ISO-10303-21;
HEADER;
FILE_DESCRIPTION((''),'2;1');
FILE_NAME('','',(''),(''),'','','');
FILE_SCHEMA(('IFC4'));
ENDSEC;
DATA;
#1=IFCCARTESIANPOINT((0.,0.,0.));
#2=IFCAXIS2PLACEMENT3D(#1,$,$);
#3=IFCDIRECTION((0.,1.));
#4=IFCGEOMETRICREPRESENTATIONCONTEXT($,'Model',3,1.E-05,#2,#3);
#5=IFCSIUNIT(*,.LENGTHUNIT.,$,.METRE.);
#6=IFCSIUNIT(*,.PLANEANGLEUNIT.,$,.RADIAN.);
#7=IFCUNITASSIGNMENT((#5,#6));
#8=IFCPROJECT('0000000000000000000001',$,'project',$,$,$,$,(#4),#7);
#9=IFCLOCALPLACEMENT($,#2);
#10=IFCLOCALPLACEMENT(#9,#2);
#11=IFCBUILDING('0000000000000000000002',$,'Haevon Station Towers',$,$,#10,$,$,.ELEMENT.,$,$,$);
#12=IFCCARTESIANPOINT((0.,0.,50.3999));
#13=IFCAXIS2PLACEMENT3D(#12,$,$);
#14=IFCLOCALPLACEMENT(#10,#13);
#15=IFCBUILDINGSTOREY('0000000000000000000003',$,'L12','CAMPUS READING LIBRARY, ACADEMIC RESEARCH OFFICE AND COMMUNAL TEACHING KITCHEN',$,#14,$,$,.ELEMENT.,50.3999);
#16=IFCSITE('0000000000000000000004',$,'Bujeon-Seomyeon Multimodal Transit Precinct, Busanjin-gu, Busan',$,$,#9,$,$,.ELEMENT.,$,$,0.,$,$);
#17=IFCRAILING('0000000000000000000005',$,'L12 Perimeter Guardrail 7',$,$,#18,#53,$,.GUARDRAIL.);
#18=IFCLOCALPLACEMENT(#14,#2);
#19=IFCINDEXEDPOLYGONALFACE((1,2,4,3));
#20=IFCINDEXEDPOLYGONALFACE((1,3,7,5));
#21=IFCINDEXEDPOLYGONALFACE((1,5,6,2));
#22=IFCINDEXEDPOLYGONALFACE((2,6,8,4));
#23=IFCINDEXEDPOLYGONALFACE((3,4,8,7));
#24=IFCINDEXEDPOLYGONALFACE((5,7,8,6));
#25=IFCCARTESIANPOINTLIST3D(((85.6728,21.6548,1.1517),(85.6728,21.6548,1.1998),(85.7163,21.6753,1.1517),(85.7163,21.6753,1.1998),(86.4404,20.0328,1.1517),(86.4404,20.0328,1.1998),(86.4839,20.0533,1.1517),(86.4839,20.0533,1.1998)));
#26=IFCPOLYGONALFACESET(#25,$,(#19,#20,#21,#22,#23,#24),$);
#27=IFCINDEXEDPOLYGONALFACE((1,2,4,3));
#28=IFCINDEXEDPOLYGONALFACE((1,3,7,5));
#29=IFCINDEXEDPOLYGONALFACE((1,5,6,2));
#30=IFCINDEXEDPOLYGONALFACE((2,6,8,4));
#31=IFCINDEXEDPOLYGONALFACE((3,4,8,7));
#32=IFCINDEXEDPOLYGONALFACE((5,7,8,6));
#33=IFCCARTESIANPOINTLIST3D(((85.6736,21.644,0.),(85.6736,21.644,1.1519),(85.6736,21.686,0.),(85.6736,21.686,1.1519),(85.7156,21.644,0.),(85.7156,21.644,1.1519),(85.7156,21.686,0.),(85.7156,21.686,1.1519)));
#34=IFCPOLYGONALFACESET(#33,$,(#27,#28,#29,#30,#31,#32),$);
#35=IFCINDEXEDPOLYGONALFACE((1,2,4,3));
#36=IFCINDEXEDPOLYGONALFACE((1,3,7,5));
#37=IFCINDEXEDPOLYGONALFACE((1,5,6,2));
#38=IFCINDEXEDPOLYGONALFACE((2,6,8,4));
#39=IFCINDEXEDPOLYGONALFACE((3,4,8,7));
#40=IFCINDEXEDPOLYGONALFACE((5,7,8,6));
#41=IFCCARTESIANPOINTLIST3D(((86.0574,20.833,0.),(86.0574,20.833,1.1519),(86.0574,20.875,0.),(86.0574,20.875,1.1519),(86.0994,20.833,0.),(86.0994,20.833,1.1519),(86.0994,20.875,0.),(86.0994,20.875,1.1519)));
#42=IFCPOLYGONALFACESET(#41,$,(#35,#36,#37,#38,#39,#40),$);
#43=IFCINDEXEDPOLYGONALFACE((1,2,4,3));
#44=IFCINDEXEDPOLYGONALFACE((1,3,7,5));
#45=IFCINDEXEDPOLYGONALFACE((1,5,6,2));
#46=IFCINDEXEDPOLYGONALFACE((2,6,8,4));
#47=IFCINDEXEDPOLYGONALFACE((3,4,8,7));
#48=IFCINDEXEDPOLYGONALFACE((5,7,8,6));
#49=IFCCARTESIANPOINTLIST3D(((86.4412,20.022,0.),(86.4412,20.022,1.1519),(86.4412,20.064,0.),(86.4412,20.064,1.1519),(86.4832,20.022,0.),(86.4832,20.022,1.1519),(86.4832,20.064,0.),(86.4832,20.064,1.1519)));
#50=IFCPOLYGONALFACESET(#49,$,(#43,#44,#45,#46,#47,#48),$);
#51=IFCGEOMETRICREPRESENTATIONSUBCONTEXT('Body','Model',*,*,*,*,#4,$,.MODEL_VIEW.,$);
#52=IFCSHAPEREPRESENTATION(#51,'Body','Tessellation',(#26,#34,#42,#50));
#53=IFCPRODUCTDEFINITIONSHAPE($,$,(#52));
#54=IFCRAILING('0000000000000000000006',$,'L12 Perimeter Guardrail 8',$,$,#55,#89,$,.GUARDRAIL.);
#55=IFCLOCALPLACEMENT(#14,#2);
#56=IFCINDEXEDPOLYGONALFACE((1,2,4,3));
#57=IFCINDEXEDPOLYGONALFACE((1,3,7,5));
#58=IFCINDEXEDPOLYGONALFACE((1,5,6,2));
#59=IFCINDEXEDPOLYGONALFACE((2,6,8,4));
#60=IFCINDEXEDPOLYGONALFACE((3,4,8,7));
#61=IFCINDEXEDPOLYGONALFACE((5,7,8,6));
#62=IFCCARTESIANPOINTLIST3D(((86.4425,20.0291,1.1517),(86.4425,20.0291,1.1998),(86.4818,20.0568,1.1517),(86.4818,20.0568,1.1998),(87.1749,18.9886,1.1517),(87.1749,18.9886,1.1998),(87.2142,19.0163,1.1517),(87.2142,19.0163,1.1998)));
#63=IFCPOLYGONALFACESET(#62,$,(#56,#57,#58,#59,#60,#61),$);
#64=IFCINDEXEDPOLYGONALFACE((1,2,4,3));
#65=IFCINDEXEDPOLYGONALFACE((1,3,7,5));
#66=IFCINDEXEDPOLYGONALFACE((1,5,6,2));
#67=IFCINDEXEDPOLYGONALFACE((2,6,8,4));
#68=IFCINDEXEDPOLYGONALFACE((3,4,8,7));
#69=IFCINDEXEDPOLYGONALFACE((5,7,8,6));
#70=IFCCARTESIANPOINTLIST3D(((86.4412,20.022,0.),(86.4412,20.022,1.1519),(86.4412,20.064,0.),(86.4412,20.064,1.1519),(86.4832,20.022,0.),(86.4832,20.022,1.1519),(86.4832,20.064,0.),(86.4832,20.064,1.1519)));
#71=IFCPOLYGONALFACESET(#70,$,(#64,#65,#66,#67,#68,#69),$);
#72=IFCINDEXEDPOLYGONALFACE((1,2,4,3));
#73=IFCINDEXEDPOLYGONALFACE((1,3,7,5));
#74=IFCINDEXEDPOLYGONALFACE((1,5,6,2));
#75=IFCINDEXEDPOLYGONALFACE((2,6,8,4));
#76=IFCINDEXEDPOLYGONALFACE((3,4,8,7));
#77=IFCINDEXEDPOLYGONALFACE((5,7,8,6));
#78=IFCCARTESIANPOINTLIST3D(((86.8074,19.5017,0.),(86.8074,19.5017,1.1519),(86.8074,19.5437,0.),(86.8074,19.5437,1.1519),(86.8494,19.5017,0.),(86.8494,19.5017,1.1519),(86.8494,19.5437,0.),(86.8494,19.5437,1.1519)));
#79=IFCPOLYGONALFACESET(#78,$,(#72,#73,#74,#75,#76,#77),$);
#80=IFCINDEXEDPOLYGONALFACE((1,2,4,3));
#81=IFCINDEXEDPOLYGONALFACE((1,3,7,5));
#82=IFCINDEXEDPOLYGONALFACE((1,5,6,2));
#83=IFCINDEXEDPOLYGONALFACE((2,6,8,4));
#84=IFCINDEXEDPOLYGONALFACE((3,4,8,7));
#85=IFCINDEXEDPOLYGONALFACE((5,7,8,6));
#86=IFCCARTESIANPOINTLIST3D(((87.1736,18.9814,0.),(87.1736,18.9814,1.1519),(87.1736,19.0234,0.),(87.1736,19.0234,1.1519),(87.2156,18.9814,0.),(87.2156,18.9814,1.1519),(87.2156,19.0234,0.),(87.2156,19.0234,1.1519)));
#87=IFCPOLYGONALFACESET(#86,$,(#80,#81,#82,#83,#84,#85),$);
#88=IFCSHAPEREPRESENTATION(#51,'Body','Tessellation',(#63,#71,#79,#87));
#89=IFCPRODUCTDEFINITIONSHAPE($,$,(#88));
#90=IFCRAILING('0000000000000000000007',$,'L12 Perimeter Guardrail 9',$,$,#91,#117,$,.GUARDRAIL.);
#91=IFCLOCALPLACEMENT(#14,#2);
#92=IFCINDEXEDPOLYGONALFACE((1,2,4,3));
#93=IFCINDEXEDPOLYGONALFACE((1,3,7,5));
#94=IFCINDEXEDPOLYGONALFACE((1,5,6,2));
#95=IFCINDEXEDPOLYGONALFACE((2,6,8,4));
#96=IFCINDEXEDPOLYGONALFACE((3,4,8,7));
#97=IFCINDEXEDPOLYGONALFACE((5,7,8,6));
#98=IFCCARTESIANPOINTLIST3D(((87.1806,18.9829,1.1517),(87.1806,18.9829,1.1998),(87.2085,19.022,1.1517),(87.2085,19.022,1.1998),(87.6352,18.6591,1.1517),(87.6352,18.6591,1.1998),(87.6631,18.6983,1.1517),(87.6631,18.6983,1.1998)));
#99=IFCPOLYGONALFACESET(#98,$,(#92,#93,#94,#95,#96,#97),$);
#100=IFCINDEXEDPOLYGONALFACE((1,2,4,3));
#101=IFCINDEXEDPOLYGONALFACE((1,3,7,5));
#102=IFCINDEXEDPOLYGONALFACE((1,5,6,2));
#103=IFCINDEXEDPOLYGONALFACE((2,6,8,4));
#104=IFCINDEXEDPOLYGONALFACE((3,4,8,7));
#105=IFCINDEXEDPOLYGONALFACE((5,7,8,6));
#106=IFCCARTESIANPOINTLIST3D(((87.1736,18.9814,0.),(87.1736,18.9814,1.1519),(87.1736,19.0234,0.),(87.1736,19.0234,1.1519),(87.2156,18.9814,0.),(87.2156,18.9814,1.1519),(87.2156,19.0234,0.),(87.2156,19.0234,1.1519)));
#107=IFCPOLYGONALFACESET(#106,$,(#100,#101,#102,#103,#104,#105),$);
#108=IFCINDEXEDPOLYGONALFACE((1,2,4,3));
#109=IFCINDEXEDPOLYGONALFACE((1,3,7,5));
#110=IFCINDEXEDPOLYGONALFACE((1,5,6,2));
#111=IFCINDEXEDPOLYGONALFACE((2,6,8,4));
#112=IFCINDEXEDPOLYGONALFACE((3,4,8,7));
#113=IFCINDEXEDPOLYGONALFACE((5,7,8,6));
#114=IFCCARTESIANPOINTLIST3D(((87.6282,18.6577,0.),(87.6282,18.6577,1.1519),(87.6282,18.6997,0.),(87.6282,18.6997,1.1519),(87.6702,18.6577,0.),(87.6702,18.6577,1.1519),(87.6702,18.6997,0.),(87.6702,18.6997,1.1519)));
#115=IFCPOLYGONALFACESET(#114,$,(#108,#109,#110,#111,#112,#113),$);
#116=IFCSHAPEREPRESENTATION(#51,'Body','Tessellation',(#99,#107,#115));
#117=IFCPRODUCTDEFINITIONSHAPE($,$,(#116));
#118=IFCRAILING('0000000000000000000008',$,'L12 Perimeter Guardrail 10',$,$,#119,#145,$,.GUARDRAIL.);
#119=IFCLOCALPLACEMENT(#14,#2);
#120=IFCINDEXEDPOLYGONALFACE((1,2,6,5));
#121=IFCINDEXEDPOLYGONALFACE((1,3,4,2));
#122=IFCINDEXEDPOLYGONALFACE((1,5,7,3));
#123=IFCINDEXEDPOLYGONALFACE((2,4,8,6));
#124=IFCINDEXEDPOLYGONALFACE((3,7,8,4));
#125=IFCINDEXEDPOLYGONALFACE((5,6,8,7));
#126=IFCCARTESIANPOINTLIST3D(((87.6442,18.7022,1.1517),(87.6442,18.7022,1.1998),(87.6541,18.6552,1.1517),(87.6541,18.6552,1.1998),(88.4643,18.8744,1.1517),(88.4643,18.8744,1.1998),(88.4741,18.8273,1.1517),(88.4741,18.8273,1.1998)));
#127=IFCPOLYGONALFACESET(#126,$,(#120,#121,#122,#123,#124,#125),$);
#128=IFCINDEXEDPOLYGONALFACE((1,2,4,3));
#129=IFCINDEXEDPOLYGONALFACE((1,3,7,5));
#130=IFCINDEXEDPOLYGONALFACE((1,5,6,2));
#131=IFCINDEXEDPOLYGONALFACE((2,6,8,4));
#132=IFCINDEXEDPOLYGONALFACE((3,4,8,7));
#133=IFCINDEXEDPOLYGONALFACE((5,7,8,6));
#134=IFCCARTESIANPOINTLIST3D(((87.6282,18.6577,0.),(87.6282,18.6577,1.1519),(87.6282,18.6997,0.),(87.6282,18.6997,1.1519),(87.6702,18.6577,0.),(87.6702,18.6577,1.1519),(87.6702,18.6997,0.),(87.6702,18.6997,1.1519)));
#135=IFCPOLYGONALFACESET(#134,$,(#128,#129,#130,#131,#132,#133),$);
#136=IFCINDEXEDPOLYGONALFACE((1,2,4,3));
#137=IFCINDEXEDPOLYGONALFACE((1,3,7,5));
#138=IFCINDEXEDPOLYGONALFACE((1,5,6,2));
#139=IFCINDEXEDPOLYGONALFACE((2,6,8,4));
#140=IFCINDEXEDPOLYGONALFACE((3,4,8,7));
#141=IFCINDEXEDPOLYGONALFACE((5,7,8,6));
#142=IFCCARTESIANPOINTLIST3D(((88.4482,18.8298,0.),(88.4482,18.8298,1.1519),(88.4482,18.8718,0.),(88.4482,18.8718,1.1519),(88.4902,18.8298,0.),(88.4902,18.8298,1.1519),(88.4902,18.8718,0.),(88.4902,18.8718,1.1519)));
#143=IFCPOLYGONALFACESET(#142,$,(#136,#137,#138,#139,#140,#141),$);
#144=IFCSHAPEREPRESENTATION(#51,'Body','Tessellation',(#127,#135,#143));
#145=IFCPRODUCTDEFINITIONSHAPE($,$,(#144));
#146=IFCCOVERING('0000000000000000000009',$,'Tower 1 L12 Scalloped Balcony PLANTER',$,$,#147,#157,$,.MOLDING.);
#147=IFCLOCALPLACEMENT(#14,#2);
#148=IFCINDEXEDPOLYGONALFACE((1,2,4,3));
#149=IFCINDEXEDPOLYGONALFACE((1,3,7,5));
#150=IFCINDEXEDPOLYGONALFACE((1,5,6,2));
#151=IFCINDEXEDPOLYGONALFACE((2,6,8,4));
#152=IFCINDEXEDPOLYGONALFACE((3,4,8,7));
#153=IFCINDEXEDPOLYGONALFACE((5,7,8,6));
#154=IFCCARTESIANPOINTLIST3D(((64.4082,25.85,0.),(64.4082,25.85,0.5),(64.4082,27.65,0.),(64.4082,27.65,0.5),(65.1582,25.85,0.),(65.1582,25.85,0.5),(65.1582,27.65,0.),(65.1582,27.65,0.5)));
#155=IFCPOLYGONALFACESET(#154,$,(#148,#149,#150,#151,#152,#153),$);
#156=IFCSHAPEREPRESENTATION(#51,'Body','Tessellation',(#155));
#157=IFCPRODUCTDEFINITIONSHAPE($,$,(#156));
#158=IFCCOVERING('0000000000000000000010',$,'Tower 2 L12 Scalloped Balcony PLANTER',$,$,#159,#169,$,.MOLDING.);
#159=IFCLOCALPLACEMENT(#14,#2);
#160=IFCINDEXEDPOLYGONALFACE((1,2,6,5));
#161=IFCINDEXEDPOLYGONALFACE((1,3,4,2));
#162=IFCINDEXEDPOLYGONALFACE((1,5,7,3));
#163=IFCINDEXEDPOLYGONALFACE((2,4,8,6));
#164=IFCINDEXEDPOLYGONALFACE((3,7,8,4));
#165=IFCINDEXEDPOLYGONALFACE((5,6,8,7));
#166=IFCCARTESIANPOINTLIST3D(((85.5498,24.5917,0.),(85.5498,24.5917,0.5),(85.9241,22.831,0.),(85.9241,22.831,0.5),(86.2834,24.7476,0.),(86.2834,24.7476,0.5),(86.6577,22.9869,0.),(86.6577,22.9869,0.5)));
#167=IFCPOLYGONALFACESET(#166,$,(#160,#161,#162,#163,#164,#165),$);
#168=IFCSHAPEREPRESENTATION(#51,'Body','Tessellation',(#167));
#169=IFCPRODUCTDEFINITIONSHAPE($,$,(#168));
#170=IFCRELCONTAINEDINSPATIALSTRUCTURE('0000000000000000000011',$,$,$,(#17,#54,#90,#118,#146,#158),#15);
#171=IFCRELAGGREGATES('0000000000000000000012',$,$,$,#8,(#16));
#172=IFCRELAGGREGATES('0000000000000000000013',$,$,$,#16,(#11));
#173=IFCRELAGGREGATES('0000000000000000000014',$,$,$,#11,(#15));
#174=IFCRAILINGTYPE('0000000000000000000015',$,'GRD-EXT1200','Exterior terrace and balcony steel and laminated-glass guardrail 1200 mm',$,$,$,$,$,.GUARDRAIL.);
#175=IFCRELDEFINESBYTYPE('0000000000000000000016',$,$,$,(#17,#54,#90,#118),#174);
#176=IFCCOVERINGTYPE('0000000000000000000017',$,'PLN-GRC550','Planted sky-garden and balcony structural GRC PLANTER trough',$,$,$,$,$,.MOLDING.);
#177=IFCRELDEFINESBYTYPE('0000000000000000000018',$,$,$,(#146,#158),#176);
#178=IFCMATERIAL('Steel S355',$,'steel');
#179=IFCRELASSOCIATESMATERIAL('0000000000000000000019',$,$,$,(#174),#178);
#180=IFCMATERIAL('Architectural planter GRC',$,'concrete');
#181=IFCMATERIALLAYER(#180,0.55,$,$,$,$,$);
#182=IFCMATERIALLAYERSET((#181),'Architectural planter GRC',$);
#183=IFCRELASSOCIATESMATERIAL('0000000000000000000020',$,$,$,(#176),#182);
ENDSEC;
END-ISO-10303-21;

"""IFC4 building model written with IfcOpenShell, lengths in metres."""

from ifc_helpers import new_model, si_unit, direction, frame, origin, origin_2d, place, context, subcontext, project, spatial, rectangle, extrude, material, layer, layer_set, type_object, element, save


model = new_model("IFC4")

# Units and contexts
model_context = context("Model", 3, precision=1e-05, world=origin(), true_north=direction((0.0, 1.0)))
body_context = subcontext(model_context, "Body", "Model", "MODEL_VIEW")
ifc_project = project(units=[si_unit("LENGTHUNIT", "METRE"), si_unit("PLANEANGLEUNIT", "RADIAN")], contexts=[model_context])

# Site, building, storey
site_placement = place(None, origin())
site = spatial("IfcSite", under=ifc_project, at=site_placement, Name="Bujeon-Seomyeon Multimodal Transit Precinct, Busanjin-gu, Busan", CompositionType="ELEMENT", RefElevation=0.0)
building_placement = place(site_placement, origin())
building = spatial("IfcBuilding", under=site, at=building_placement, Name="Haevon Station Towers", CompositionType="ELEMENT")
storey_placement = place(building_placement, frame((0.0, 0.0, 50.3999)))
storey = spatial("IfcBuildingStorey", under=building, at=storey_placement, Name="L12", Description="CAMPUS READING LIBRARY, ACADEMIC RESEARCH OFFICE AND COMMUNAL TEACHING KITCHEN", CompositionType="ELEMENT", Elevation=50.3999)

# Railings
ifc_material_1 = material(Name="Steel S355", Category="steel")
railing_type = type_object("IfcRailingType", Name="GRD-EXT1200", Description="Exterior terrace and balcony steel and laminated-glass guardrail 1200 mm", PredefinedType="GUARDRAIL", material=ifc_material_1)
railing_1_placement = place(storey_placement, frame((85.6946, 21.665, 0.0)))
element("IfcRailing", 1, at=railing_1_placement, inside=storey, type_object=railing_type, Name="L12 Perimeter Guardrail 7", PredefinedType="GUARDRAIL", context=body_context, shape_type="SweptSolid", body=[
    extrude(rectangle(XDim=0.0481, YDim=0.0481, at=origin_2d()), frame((0.0, 0.0, 1.1758), z_axis=(0.427735, -0.903904, 0.0), x_axis=(0.903904, 0.427735, 0.0)), (0.0, 0.0, 1.0), 1.7944),
    extrude(rectangle(XDim=0.042, YDim=0.042, at=origin_2d()), origin(), (0.0, 0.0, 1.0), 1.1519),
    extrude(rectangle(XDim=0.042, YDim=0.042, at=origin_2d()), frame((0.3838, -0.811, 0.0)), (0.0, 0.0, 1.0), 1.1519),
    extrude(rectangle(XDim=0.042, YDim=0.042, at=origin_2d()), frame((0.7676, -1.6221, 0.0)), (0.0, 0.0, 1.0), 1.1519),
])
railing_2_placement = place(storey_placement, frame((86.4622, 20.043, 0.0)))
element("IfcRailing", 2, at=railing_2_placement, inside=storey, type_object=railing_type, Name="L12 Perimeter Guardrail 8", PredefinedType="GUARDRAIL", context=body_context, shape_type="SweptSolid", body=[
    extrude(rectangle(XDim=0.0481, YDim=0.0481, at=origin_2d()), frame((0.0, 0.0, 1.1758), z_axis=(0.575598, -0.817733, 0.0), x_axis=(0.817733, 0.575598, 0.0)), (0.0, 0.0, 1.0), 1.2725),
    extrude(rectangle(XDim=0.042, YDim=0.042, at=origin_2d()), origin(), (0.0, 0.0, 1.0), 1.1519),
    extrude(rectangle(XDim=0.042, YDim=0.042, at=origin_2d()), frame((0.3662, -0.5203, 0.0)), (0.0, 0.0, 1.0), 1.1519),
    extrude(rectangle(XDim=0.042, YDim=0.042, at=origin_2d()), frame((0.7324, -1.0405, 0.0)), (0.0, 0.0, 1.0), 1.1519),
])
railing_3_placement = place(storey_placement, frame((87.1946, 19.0024, 0.0)))
element("IfcRailing", 3, at=railing_3_placement, inside=storey, type_object=railing_type, Name="L12 Perimeter Guardrail 9", PredefinedType="GUARDRAIL", context=body_context, shape_type="SweptSolid", body=[
    extrude(rectangle(XDim=0.0481, YDim=0.0481, at=origin_2d()), frame((0.0, 0.0, 1.1758), z_axis=(0.81456, -0.580079, 0.0), x_axis=(0.580079, 0.81456, 0.0)), (0.0, 0.0, 1.0), 0.5581),
    extrude(rectangle(XDim=0.042, YDim=0.042, at=origin_2d()), origin(), (0.0, 0.0, 1.0), 1.1519),
    extrude(rectangle(XDim=0.042, YDim=0.042, at=origin_2d()), frame((0.4546, -0.3237, 0.0)), (0.0, 0.0, 1.0), 1.1519),
])
railing_4_placement = place(storey_placement, frame((87.6492, 18.6787, 0.0)))
element("IfcRailing", 4, at=railing_4_placement, inside=storey, type_object=railing_type, Name="L12 Perimeter Guardrail 10", PredefinedType="GUARDRAIL", context=body_context, shape_type="SweptSolid", body=[
    extrude(rectangle(XDim=0.0481, YDim=0.0481, at=origin_2d()), frame((0.0, 0.0, 1.1758), z_axis=(0.978676, 0.205408, 0.0), x_axis=(-0.205408, 0.978676, 0.0)), (0.0, 0.0, 1.0), 0.8379),
    extrude(rectangle(XDim=0.042, YDim=0.042, at=origin_2d()), origin(), (0.0, 0.0, 1.0), 1.1519),
    extrude(rectangle(XDim=0.042, YDim=0.042, at=origin_2d()), frame((0.8201, 0.1721, 0.0)), (0.0, 0.0, 1.0), 1.1519),
])

# Coverings
ifc_material_2 = material(Name="Architectural planter GRC", Category="concrete")
ifc_layer_1 = layer(ifc_material_2, 0.55)
ifc_layer_set_1 = layer_set([ifc_layer_1], Name="Architectural planter GRC")
covering_type = type_object("IfcCoveringType", Name="PLN-GRC550", Description="Planted sky-garden and balcony structural GRC PLANTER trough", PredefinedType="MOLDING", material=ifc_layer_set_1)
for number, where, z_axis, x_axis, name in (
    (5, (64.7832, 26.75, 0.0), (0.0, 0.0, 1.0), (1.0, 0.0, 0.0), "Tower 1 L12 Scalloped Balcony PLANTER"),
    (6, (86.1038, 23.7893, 0.0), (0.0, 0.0, 1.0), (0.978148, 0.207912, 0.0), "Tower 2 L12 Scalloped Balcony PLANTER"),
):
    element("IfcCovering", number, at=place(storey_placement, frame(where, z_axis=z_axis, x_axis=x_axis)), inside=storey, type_object=covering_type, Name=name, PredefinedType="MOLDING", context=body_context, shape_type="SweptSolid", body=[
        extrude(rectangle(XDim=0.75, YDim=1.8, at=origin_2d()), origin(), (0.0, 0.0, 1.0), 0.5),
    ])

save(model, "model.ifc")
